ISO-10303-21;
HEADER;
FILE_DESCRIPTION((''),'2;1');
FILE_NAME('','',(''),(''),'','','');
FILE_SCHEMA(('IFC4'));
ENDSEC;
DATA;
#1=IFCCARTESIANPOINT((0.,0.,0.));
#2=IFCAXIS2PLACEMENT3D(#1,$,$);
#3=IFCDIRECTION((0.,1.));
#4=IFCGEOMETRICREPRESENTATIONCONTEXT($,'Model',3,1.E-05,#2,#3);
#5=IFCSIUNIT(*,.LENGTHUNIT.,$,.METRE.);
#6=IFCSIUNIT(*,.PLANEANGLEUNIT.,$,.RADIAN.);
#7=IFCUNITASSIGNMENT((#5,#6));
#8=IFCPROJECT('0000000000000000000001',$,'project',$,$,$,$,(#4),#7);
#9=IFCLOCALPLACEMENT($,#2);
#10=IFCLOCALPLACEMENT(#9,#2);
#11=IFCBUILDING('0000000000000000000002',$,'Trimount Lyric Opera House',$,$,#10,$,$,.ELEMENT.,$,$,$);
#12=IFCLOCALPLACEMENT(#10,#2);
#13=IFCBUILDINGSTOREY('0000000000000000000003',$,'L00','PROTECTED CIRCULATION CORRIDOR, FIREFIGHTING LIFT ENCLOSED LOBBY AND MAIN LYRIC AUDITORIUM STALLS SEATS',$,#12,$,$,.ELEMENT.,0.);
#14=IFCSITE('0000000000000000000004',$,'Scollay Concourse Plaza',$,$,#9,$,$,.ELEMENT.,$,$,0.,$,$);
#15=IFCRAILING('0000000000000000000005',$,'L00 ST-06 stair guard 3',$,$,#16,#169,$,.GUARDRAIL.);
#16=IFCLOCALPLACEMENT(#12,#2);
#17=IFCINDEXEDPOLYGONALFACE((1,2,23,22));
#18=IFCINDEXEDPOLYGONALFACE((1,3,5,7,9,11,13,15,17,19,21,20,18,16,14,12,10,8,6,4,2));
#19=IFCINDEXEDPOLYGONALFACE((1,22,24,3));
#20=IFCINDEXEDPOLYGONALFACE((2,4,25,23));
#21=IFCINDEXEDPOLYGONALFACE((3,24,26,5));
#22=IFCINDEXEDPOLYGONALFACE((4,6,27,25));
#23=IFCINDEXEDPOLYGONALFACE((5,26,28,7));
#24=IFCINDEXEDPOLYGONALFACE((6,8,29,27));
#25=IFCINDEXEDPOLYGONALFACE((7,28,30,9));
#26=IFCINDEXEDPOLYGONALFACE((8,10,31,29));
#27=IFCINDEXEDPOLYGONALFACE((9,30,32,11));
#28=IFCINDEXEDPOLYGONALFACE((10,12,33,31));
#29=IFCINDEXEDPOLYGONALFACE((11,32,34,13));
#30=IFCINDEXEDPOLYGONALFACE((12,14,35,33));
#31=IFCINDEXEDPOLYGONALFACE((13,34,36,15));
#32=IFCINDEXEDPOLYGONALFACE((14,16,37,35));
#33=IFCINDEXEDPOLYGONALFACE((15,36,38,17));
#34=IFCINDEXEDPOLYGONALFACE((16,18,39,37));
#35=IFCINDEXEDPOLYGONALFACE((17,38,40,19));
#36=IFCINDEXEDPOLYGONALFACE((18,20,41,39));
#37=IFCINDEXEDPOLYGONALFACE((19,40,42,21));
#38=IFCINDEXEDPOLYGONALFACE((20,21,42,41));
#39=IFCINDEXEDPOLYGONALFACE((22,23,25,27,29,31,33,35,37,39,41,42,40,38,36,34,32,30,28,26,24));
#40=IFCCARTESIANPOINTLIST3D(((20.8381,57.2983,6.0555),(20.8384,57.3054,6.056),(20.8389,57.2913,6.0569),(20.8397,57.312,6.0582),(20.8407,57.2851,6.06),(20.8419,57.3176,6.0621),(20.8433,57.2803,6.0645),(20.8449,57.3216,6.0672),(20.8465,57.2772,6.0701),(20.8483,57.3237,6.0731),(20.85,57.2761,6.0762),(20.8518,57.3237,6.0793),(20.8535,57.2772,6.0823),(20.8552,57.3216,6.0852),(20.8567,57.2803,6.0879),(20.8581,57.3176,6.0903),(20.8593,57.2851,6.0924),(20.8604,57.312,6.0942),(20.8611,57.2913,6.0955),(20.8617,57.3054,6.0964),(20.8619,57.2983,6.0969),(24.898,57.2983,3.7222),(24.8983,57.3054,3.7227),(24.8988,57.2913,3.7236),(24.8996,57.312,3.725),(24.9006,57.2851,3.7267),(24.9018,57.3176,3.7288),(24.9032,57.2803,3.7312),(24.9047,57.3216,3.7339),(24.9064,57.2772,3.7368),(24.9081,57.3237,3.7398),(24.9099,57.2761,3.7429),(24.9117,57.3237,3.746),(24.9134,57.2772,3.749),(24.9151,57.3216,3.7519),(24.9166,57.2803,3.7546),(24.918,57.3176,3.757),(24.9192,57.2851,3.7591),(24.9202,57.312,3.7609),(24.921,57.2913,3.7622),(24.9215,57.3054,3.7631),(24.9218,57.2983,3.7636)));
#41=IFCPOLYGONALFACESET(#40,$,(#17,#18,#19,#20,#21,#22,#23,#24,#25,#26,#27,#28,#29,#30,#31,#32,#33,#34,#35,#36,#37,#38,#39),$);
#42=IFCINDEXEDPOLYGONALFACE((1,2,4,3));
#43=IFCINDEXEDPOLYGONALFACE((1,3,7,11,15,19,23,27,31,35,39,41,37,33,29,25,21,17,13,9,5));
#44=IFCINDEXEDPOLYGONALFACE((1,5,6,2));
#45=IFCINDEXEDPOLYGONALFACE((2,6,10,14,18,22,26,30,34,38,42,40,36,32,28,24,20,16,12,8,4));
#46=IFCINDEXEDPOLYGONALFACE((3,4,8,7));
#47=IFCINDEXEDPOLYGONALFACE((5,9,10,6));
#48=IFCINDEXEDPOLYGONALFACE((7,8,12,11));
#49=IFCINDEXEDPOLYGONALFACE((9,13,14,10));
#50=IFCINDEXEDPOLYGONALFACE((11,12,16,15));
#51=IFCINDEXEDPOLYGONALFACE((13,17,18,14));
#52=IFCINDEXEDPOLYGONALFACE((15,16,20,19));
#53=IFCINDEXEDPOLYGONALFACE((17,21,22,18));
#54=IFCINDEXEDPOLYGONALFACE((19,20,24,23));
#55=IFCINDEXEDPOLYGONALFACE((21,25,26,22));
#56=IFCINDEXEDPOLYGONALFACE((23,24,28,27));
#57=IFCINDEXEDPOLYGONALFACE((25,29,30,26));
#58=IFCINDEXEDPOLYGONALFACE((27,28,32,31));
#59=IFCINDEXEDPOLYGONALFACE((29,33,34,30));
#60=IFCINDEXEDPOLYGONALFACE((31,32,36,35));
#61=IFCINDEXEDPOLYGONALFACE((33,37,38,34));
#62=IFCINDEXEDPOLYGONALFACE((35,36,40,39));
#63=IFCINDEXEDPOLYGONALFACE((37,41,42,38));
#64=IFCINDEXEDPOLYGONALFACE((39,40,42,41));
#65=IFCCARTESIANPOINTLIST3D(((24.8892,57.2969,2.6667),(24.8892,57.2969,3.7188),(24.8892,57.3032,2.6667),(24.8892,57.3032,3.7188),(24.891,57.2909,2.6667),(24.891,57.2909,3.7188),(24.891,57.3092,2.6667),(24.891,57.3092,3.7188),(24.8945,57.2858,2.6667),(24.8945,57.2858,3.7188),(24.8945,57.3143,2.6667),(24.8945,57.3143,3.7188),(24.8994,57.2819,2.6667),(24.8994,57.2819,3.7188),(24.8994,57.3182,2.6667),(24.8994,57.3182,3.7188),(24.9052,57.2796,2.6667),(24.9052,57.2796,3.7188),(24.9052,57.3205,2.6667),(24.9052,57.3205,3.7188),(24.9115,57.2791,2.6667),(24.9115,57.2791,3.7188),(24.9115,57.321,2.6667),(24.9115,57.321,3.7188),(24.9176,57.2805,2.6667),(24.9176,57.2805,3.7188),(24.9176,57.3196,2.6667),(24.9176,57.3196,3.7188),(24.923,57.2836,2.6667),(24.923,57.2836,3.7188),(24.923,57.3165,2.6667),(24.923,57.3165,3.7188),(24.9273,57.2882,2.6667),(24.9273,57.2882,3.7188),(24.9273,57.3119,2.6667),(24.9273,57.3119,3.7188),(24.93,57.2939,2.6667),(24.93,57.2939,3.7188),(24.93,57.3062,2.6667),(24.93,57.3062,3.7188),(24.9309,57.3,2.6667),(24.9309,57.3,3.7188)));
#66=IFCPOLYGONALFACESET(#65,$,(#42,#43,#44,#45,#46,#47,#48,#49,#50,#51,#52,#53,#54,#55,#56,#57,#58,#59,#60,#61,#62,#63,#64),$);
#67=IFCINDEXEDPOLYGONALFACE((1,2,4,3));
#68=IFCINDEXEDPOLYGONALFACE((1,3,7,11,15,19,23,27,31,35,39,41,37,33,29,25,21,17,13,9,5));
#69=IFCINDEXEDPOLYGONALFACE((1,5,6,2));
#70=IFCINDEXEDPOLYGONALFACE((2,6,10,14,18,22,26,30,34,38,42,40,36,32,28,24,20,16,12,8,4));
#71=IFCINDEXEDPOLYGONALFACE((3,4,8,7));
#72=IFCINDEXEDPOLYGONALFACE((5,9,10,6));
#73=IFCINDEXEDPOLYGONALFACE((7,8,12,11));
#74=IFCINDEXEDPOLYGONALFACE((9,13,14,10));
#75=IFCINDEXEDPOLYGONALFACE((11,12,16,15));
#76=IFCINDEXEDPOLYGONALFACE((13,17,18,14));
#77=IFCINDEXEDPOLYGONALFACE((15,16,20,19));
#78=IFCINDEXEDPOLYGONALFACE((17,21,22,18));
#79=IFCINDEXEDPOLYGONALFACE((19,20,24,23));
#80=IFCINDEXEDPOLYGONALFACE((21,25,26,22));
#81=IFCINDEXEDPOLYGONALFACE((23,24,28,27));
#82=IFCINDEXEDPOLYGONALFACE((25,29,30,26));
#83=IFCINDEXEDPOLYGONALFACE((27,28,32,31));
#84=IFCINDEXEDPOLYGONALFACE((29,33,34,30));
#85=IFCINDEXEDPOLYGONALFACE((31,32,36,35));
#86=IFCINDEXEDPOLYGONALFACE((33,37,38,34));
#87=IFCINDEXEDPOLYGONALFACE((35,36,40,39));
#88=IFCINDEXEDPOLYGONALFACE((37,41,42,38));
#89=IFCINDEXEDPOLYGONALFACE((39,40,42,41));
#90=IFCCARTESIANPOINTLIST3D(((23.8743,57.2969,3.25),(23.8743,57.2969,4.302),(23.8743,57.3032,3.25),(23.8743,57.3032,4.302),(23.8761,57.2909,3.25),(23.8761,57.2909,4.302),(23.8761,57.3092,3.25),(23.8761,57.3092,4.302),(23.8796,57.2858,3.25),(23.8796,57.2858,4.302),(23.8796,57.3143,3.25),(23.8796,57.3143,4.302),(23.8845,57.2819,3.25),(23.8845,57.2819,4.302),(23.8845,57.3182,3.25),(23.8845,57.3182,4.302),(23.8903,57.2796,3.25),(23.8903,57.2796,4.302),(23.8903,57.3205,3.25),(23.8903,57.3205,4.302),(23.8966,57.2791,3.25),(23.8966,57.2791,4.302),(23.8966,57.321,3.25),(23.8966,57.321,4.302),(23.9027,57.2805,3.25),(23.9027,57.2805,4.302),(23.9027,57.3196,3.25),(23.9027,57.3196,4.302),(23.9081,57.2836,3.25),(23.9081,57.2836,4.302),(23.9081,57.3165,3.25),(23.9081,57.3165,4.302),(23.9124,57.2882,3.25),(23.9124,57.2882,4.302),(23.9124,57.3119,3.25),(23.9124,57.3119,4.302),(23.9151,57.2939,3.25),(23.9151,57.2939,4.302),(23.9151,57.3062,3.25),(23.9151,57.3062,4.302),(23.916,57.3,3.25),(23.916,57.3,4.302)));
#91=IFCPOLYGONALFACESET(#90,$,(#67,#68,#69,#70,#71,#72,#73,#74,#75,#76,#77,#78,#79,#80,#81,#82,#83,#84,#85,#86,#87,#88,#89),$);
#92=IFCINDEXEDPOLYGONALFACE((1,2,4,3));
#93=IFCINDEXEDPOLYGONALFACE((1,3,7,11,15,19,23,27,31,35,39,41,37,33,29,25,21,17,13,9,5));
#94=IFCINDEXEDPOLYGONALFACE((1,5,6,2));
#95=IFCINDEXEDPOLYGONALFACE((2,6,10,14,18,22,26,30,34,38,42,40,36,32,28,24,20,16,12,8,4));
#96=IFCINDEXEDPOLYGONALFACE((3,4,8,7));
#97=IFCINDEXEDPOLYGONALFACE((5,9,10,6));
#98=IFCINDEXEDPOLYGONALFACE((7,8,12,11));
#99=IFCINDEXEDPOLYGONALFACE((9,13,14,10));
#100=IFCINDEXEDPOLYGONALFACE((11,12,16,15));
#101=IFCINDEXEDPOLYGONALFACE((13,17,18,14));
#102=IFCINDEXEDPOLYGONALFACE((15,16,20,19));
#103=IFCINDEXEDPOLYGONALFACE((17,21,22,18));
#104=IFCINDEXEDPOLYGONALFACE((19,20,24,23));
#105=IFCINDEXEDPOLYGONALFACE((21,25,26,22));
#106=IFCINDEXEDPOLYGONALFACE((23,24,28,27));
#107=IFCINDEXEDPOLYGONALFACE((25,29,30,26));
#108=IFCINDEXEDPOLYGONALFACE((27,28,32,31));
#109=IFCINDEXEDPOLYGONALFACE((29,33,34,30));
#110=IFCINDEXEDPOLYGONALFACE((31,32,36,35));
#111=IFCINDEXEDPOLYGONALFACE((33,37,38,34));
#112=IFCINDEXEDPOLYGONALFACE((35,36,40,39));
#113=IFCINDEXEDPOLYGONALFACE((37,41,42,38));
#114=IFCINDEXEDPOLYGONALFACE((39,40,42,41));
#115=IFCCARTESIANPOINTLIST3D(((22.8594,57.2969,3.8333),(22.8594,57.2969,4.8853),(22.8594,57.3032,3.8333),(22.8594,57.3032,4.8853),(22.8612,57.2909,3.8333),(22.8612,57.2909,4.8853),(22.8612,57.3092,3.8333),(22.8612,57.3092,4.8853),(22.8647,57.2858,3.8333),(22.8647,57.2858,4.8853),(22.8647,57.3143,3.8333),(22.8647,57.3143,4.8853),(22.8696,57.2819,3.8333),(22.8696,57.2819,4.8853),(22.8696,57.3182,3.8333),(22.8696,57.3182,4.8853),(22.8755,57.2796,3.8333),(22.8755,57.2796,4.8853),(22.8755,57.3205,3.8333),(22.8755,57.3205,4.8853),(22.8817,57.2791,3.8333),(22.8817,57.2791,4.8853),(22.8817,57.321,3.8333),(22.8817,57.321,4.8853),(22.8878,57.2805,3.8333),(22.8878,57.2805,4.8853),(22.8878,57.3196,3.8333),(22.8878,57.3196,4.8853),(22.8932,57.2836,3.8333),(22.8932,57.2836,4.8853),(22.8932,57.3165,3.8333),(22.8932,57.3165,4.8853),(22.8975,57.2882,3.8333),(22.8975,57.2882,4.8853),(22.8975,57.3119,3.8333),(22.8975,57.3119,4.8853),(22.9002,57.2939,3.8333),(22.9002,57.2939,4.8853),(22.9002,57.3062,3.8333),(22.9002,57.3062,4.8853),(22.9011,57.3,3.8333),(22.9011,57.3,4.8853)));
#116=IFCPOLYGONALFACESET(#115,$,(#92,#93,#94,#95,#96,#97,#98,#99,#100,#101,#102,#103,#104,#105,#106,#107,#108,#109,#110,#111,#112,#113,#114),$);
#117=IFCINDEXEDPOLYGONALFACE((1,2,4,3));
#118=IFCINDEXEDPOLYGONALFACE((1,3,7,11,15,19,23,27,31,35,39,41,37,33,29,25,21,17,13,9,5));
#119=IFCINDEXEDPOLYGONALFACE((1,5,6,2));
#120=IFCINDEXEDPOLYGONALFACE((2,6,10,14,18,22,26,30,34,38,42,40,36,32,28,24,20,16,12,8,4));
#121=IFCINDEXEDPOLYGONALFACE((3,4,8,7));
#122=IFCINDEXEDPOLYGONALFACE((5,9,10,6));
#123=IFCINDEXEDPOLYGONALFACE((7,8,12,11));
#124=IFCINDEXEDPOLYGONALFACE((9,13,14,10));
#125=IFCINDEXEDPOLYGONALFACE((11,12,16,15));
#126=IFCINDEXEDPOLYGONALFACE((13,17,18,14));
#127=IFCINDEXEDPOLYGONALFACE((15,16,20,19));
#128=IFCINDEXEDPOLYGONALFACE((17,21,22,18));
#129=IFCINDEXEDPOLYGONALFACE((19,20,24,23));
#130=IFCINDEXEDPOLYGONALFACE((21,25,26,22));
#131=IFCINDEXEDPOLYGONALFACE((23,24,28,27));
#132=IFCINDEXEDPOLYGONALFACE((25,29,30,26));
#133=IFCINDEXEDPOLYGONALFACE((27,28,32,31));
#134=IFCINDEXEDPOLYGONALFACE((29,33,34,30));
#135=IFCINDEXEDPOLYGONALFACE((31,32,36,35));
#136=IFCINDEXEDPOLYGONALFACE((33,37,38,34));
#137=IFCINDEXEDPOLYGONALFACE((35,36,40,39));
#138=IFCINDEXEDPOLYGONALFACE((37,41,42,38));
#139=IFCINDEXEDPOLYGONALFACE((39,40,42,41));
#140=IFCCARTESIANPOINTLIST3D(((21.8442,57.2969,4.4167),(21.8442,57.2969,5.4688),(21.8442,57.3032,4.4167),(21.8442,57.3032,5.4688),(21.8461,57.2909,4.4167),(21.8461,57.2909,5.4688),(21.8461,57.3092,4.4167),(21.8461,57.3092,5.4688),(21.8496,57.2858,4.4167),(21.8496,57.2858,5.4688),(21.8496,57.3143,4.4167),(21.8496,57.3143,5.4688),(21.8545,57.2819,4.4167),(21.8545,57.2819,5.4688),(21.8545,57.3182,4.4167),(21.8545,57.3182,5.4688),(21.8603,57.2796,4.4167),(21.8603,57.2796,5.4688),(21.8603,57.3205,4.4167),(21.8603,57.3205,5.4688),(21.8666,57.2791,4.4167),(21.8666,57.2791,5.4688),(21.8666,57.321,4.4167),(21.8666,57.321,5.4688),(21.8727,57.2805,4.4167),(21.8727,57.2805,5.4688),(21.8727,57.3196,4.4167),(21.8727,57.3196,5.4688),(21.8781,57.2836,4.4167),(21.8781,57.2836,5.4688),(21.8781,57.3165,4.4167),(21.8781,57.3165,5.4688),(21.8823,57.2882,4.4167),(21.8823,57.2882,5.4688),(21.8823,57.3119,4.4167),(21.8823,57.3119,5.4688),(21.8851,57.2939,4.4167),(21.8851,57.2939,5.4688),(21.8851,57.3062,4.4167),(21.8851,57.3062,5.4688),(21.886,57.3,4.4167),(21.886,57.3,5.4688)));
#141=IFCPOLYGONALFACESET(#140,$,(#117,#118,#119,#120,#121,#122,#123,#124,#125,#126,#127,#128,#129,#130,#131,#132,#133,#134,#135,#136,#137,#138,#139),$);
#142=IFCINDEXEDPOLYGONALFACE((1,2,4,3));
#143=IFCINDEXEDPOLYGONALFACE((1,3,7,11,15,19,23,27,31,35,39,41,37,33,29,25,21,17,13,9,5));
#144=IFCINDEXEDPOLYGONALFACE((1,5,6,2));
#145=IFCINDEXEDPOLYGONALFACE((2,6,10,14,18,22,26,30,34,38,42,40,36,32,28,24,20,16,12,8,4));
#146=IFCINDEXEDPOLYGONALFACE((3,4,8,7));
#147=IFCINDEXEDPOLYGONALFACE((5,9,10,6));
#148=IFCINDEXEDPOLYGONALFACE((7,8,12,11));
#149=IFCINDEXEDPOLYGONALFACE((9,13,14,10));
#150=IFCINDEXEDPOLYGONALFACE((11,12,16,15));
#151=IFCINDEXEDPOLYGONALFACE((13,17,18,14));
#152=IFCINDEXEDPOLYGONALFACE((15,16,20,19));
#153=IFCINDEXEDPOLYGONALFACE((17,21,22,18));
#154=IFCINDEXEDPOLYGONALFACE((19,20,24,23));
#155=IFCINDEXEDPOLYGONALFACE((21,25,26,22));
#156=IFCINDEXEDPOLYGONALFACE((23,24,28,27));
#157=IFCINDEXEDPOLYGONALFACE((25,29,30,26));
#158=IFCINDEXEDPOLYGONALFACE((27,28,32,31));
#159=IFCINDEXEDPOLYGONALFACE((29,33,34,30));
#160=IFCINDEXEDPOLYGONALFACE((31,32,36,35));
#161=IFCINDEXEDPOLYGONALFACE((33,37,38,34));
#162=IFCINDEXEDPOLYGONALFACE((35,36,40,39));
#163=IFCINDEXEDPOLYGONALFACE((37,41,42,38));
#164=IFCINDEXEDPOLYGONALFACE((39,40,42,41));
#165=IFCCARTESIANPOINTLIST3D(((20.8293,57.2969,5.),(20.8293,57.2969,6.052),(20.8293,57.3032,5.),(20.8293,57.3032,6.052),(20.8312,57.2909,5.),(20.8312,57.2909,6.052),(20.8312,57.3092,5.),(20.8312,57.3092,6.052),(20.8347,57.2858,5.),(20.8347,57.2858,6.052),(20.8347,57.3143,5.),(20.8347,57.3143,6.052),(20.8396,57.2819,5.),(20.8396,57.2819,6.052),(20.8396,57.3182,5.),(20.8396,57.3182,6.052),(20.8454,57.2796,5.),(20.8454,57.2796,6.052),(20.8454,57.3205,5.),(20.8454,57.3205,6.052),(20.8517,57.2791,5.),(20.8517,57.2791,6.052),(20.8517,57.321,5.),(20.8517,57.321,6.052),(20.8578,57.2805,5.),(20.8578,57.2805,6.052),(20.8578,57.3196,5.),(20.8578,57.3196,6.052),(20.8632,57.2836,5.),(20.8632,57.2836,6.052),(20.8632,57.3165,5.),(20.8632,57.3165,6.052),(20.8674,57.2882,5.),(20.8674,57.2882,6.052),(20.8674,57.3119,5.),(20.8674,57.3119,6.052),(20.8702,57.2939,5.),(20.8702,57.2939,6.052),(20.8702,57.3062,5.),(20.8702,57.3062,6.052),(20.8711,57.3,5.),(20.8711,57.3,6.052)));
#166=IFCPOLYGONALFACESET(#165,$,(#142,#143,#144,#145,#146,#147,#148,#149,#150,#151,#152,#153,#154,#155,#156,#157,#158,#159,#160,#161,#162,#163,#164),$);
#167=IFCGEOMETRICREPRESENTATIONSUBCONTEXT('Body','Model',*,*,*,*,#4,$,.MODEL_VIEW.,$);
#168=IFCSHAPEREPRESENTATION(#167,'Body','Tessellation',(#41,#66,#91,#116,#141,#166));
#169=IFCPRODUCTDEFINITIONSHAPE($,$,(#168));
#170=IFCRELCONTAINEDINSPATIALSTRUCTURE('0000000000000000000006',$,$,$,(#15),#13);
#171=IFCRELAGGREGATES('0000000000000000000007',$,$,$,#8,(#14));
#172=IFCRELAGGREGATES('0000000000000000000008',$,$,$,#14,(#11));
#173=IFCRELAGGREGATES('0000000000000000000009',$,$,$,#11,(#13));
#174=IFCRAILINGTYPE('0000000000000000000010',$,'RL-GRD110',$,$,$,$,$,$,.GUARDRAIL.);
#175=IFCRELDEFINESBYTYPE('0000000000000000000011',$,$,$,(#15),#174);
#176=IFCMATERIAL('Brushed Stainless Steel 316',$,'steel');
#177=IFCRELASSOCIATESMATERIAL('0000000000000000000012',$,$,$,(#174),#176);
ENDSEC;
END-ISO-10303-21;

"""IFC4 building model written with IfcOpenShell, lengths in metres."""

from ifc_helpers import new_model, si_unit, direction, frame, origin, origin_2d, place, context, subcontext, project, spatial, circle, extrude, material, type_object, element, save


model = new_model("IFC4")

# Units and contexts
model_context = context("Model", 3, precision=1e-05, world=origin(), true_north=direction((0.0, 1.0)))
body_context = subcontext(model_context, "Body", "Model", "MODEL_VIEW")
ifc_project = project(units=[si_unit("LENGTHUNIT", "METRE"), si_unit("PLANEANGLEUNIT", "RADIAN")], contexts=[model_context])

# Site, building, storey
site_placement = place(None, origin())
site = spatial("IfcSite", under=ifc_project, at=site_placement, Name="Scollay Concourse Plaza", CompositionType="ELEMENT", RefElevation=0.0)
building_placement = place(site_placement, origin())
building = spatial("IfcBuilding", under=site, at=building_placement, Name="Trimount Lyric Opera House", CompositionType="ELEMENT")
storey_placement = place(building_placement, origin())
storey = spatial("IfcBuildingStorey", under=building, at=storey_placement, Name="L00", Description="PROTECTED CIRCULATION CORRIDOR, FIREFIGHTING LIFT ENCLOSED LOBBY AND MAIN LYRIC AUDITORIUM STALLS SEATS", CompositionType="ELEMENT", Elevation=0.0)

# Railing
ifc_material_1 = material(Name="Brushed Stainless Steel 316", Category="steel")
railing_type_1 = type_object("IfcRailingType", Name="RL-GRD110", PredefinedType="GUARDRAIL", material=ifc_material_1)
railing_1_placement = place(storey_placement, frame((24.9099, 57.3, 2.6667)))
element("IfcRailing", 1, at=railing_1_placement, inside=storey, type_object=railing_type_1, Name="L00 ST-06 stair guard 3", PredefinedType="GUARDRAIL", context=body_context, shape_type="SweptSolid", body=[
    extrude(circle(Radius=0.0239, at=origin_2d()), frame((0.0, 0.0, 1.0762), z_axis=(-0.867012, 0.0, 0.498288), x_axis=(0.0, -1.0, 0.0)), (0.0, 0.0, 1.0), 4.6826),
    extrude(circle(Radius=0.021, at=origin_2d()), origin(), (0.0, 0.0, 1.0), 1.052),
    extrude(circle(Radius=0.021, at=origin_2d()), frame((-1.0149, 0.0, 0.5833)), (0.0, 0.0, 1.0), 1.052),
    extrude(circle(Radius=0.021, at=origin_2d()), frame((-2.0298, 0.0, 1.1665)), (0.0, 0.0, 1.0), 1.052),
    extrude(circle(Radius=0.021, at=origin_2d()), frame((-3.0449, 0.0, 1.75)), (0.0, 0.0, 1.0), 1.052),
    extrude(circle(Radius=0.021, at=origin_2d()), frame((-4.0598, 0.0, 2.3333)), (0.0, 0.0, 1.0), 1.052),
])

save(model, "model.ifc")
